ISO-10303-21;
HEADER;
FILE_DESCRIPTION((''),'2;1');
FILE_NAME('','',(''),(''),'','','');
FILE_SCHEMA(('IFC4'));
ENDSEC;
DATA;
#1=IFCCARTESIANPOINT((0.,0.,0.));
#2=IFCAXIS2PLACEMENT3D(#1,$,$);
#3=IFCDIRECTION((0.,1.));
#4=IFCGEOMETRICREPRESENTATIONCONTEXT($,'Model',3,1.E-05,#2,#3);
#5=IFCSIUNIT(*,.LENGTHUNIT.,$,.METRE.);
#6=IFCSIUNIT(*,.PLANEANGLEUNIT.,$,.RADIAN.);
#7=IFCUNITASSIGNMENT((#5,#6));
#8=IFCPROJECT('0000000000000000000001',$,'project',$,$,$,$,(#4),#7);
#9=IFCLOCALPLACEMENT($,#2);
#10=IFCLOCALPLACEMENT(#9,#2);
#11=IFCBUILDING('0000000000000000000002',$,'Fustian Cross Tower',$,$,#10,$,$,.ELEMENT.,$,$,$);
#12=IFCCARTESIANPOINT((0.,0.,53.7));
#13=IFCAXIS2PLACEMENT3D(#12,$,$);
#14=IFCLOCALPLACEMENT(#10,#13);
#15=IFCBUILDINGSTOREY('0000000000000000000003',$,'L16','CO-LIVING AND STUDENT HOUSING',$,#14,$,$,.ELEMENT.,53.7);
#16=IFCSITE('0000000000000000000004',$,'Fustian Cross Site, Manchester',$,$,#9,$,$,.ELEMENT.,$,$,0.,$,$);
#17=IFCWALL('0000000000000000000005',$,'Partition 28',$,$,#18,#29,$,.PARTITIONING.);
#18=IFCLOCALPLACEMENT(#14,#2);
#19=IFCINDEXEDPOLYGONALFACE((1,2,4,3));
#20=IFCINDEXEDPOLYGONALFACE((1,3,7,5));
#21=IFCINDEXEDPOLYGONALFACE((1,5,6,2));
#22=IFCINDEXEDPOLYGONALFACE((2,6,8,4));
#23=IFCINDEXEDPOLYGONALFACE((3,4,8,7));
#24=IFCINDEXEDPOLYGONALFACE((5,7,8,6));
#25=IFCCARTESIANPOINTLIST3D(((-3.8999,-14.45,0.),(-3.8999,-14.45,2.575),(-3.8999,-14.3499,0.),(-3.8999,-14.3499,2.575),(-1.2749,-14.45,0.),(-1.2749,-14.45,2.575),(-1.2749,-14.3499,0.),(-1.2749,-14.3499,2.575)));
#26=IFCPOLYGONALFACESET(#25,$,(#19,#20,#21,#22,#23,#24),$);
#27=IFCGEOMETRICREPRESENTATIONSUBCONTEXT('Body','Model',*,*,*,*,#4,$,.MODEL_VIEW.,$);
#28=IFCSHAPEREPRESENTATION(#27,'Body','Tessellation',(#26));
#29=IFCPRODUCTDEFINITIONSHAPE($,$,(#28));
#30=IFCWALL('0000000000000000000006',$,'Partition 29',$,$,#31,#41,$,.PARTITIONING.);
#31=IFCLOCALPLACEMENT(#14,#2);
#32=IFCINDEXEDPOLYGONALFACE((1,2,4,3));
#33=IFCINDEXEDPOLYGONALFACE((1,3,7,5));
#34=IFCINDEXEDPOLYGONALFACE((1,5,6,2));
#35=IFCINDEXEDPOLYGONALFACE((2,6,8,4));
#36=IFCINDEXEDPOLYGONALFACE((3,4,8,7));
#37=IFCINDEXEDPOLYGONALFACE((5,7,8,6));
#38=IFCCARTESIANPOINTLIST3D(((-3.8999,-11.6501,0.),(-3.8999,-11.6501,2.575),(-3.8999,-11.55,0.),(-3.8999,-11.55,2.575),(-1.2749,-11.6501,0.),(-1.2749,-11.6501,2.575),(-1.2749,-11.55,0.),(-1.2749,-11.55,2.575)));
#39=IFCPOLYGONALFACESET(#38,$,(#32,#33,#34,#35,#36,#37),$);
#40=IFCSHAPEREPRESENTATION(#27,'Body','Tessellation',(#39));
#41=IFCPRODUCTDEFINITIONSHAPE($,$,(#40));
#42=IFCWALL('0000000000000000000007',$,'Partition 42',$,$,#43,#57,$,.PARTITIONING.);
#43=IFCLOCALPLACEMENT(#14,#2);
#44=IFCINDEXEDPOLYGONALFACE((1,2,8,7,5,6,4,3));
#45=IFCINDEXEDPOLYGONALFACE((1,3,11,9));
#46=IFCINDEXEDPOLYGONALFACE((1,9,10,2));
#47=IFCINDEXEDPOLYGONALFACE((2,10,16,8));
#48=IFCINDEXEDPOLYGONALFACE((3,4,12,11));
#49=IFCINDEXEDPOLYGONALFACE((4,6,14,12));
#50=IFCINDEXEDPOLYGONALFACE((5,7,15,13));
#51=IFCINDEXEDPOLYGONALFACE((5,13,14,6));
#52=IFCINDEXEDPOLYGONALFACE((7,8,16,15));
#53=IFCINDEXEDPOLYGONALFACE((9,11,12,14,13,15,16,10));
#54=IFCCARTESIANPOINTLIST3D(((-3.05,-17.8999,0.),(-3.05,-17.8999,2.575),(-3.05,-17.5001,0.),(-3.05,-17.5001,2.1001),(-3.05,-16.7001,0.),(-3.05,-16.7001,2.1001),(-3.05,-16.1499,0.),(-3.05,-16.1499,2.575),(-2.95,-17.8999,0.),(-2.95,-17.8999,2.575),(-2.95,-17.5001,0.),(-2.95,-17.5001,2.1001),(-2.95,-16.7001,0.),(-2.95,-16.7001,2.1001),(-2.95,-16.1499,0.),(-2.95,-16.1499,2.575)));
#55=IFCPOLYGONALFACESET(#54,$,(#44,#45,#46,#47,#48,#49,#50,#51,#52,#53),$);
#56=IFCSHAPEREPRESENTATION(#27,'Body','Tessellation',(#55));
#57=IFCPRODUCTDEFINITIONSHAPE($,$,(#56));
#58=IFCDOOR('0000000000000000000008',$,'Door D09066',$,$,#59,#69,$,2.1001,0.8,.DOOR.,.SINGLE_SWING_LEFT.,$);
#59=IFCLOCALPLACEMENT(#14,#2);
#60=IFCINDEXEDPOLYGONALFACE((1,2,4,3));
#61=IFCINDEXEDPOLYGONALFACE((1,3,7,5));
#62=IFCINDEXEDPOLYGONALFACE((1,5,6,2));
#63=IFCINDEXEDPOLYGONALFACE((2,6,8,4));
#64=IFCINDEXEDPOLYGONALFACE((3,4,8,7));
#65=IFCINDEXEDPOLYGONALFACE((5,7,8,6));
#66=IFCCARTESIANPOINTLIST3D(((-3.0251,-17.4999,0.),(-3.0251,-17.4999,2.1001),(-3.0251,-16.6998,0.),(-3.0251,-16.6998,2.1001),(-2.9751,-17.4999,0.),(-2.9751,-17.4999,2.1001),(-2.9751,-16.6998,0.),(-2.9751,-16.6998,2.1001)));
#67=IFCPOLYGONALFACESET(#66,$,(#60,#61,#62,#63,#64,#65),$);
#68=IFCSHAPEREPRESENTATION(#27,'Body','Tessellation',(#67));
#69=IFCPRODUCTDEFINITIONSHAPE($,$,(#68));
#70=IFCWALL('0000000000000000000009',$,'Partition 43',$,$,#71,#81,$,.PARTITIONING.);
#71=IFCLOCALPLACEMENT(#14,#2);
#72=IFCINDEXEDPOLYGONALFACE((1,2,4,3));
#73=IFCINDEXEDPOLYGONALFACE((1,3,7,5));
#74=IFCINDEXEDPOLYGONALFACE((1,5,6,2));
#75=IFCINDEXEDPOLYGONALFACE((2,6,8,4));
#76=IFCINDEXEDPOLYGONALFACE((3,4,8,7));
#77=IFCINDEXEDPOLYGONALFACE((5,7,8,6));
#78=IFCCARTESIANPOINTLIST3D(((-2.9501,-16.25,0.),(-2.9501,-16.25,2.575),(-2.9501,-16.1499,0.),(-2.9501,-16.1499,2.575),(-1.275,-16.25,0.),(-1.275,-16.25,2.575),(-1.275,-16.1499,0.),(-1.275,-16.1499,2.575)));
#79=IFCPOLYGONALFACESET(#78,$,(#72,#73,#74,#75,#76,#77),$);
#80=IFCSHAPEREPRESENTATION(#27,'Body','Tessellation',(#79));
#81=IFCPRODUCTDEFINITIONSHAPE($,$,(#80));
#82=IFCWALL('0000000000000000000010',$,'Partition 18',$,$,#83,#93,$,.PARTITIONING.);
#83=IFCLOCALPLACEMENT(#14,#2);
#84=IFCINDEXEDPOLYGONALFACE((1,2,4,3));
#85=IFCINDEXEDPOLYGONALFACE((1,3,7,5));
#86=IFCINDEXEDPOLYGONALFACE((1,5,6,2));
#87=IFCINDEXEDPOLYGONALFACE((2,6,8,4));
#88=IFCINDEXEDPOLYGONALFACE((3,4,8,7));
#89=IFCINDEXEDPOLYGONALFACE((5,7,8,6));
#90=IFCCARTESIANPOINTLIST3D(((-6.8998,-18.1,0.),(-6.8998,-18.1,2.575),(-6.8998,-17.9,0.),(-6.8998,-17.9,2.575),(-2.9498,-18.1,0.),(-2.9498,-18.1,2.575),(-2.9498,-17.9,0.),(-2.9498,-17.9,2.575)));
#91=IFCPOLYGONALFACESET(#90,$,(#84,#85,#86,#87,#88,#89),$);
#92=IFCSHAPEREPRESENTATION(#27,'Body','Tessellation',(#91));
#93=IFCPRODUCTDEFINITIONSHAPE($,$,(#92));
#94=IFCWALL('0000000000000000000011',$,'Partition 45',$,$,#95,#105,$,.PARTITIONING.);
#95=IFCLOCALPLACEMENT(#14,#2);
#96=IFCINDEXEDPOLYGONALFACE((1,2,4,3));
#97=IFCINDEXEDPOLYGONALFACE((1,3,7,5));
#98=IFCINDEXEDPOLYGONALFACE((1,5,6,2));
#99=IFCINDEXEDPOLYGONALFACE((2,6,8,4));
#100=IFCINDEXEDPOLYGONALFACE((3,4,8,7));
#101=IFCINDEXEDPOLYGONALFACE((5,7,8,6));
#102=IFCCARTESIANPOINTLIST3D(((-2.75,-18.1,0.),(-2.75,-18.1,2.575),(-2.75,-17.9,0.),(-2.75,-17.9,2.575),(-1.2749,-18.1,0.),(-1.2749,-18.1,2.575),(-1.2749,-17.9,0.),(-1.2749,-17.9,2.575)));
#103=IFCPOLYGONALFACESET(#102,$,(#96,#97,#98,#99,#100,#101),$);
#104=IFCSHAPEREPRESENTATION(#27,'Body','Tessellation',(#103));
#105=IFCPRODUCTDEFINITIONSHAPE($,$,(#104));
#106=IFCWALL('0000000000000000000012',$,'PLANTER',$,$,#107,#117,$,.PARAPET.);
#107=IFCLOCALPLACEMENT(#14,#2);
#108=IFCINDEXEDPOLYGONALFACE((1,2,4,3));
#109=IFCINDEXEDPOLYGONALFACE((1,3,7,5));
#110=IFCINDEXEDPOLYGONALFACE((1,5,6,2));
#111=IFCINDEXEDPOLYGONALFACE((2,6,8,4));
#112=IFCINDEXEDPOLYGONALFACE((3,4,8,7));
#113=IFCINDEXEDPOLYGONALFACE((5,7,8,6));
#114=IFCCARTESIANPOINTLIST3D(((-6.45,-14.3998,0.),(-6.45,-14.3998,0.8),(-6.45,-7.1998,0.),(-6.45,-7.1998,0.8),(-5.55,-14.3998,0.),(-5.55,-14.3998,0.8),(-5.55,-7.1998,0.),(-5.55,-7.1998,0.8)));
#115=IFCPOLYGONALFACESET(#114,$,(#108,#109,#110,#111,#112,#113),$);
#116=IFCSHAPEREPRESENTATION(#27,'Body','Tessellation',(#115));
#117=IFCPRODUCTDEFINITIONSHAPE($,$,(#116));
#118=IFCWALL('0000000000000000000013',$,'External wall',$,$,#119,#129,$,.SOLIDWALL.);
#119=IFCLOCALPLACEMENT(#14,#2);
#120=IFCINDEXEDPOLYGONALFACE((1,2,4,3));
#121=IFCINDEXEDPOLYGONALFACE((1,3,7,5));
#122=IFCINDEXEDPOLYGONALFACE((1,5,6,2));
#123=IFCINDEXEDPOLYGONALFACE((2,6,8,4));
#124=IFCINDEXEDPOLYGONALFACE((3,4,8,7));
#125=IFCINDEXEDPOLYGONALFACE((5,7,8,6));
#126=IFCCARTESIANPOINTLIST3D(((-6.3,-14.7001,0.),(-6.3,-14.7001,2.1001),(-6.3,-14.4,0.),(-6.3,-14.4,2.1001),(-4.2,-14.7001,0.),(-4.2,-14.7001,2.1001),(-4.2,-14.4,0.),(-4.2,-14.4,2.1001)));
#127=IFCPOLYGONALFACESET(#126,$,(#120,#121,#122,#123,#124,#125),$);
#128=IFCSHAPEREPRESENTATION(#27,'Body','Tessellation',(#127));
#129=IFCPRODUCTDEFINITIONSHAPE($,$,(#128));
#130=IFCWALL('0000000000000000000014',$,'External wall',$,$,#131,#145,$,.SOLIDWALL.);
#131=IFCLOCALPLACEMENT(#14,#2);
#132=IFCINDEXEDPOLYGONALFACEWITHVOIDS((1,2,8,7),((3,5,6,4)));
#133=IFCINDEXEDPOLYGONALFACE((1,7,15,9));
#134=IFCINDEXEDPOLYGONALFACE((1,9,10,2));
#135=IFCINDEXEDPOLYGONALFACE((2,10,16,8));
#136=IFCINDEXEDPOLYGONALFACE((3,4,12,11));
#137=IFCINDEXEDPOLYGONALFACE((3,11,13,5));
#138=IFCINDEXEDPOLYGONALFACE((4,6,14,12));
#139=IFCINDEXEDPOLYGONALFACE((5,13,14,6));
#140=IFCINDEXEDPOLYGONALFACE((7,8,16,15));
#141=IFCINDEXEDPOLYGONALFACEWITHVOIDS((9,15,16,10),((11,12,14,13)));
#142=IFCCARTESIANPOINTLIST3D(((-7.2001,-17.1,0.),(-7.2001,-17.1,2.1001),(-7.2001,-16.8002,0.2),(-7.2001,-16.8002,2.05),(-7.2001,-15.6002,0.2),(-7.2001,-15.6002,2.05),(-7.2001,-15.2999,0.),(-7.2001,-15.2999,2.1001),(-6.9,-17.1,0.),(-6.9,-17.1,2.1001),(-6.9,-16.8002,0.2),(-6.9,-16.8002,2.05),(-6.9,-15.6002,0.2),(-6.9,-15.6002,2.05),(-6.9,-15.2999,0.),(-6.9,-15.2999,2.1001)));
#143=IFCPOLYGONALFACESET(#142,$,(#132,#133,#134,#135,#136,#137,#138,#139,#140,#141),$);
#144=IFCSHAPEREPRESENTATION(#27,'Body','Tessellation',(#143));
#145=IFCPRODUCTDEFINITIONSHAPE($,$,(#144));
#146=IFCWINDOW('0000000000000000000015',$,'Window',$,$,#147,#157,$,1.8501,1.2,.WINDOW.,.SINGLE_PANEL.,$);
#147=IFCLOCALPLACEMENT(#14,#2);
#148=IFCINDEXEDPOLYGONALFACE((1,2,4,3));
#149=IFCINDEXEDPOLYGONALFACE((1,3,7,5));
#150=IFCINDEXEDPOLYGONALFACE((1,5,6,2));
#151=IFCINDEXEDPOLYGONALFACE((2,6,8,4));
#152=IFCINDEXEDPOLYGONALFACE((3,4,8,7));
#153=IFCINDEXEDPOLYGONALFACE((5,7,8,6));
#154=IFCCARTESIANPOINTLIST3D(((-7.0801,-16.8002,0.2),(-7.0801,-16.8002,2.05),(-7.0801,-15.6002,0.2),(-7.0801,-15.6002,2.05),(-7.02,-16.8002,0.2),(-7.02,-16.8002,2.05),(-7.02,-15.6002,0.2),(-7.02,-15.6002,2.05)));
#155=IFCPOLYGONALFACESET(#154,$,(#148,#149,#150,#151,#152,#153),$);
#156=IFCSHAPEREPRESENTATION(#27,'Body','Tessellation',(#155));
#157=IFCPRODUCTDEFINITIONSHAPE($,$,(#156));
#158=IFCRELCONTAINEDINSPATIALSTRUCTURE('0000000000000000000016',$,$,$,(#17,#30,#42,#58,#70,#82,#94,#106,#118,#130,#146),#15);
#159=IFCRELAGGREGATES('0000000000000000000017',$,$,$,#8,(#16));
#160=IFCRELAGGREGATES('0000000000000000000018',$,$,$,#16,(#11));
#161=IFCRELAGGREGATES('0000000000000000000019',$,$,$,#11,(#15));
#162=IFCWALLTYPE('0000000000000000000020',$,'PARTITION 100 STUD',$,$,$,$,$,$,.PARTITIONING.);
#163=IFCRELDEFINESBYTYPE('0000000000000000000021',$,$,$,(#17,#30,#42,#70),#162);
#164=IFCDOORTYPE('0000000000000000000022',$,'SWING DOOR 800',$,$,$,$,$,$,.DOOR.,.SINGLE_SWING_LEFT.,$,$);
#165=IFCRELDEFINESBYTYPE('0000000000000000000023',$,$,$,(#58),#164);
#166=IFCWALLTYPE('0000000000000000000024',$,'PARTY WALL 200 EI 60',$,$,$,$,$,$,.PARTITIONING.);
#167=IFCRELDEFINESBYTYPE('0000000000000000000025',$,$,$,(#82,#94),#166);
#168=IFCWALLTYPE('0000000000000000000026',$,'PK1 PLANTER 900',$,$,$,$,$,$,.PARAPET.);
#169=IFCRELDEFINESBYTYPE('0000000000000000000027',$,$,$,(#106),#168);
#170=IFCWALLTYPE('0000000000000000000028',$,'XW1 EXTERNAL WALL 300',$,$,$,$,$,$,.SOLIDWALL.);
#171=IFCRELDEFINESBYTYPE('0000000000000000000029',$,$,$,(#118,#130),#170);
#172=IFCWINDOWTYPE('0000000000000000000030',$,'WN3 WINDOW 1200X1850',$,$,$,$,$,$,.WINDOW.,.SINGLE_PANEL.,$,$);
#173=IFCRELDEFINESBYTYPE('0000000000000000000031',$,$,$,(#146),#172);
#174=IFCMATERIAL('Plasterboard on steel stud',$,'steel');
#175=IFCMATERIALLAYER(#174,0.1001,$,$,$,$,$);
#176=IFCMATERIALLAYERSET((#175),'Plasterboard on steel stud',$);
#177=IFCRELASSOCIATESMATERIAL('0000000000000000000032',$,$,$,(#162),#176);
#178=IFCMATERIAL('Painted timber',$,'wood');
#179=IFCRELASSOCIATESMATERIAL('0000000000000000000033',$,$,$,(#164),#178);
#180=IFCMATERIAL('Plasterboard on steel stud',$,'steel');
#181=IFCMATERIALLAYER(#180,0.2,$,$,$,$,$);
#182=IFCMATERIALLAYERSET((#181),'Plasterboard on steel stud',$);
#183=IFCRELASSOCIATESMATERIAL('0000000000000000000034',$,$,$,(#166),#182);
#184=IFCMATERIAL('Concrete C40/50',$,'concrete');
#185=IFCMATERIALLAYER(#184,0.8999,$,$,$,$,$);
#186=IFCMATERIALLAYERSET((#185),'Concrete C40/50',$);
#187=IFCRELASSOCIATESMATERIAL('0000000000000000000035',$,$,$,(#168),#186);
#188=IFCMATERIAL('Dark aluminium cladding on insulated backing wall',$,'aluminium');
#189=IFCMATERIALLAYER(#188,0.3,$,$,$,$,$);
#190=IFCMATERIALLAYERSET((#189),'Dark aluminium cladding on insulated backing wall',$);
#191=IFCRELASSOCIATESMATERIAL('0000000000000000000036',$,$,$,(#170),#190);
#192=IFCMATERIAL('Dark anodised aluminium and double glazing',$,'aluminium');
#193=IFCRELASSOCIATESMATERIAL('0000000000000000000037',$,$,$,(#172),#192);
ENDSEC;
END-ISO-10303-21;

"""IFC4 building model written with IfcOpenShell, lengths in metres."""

from ifc_helpers import new_model, si_unit, direction, frame, frame_2d, origin, place, context, subcontext, project, spatial, rectangle, extrude, material, layer, layer_set, type_object, element, fill, save


model = new_model("IFC4")

# Units and contexts
model_context = context("Model", 3, precision=1e-05, world=origin(), true_north=direction((0.0, 1.0)))
body_context = subcontext(model_context, "Body", "Model", "MODEL_VIEW")
ifc_project = project(units=[si_unit("LENGTHUNIT", "METRE"), si_unit("PLANEANGLEUNIT", "RADIAN")], contexts=[model_context])

# Site, building, storey
site_placement = place(None, origin())
site = spatial("IfcSite", under=ifc_project, at=site_placement, Name="Fustian Cross Site, Manchester", CompositionType="ELEMENT", RefElevation=0.0)
building_placement = place(site_placement, origin())
building = spatial("IfcBuilding", under=site, at=building_placement, Name="Fustian Cross Tower", CompositionType="ELEMENT")
storey_placement = place(building_placement, frame((0.0, 0.0, 53.7)))
storey = spatial("IfcBuildingStorey", under=building, at=storey_placement, Name="L16", Description="CO-LIVING AND STUDENT HOUSING", CompositionType="ELEMENT", Elevation=53.7)

# Shared definitions
ifc_material_1 = material(Name="Plasterboard on steel stud", Category="steel")
ifc_layer_1 = layer(ifc_material_1, 0.1001)
ifc_layer_set_1 = layer_set([ifc_layer_1], Name="Plasterboard on steel stud")
wall_type_1 = type_object("IfcWallType", Name="PARTITION 100 STUD", PredefinedType="PARTITIONING", material=ifc_layer_set_1)

# Shared definitions
ifc_material_2 = material(Name="Painted timber", Category="wood")
door_type = type_object("IfcDoorType", Name="SWING DOOR 800", OperationType="SINGLE_SWING_LEFT", PredefinedType="DOOR", material=ifc_material_2)

# Walls
for number, where, z_axis, x_axis, name in (
    (1, (-3.8999, -14.3999, 0.0), (0.0, 0.0, 1.0), (1.0, 0.0, 0.0), "Partition 28"),
    (2, (-3.8999, -11.6001, 0.0), (0.0, 0.0, 1.0), (1.0, 0.0, 0.0), "Partition 29"),
):
    element("IfcWall", number, at=place(storey_placement, frame(where, z_axis=z_axis, x_axis=x_axis)), inside=storey, type_object=wall_type_1, Name=name, PredefinedType="PARTITIONING", context=body_context, shape_type="SweptSolid", body=[
        extrude(rectangle(XDim=2.625, YDim=0.1001, at=frame_2d((1.3125, 0.0))), origin(), (0.0, 0.0, 1.0), 2.575),
    ])

# Wall, opening, door
wall_1_placement = place(storey_placement, frame((-3.0, -17.8999, 0.0), z_axis=(0.0, 0.0, 1.0), x_axis=(0.0, 1.0, 0.0)))
wall_1 = element("IfcWall", 3, at=wall_1_placement, inside=storey, type_object=wall_type_1, Name="Partition 42", PredefinedType="PARTITIONING", context=body_context, shape_type="SweptSolid", body=[
    extrude(rectangle(XDim=1.75, YDim=0.1001, at=frame_2d((0.875, 0.0))), origin(), (0.0, 0.0, 1.0), 2.575),
])
opening_1_placement = place(wall_1_placement, frame((0.3999, 0.0, 0.0)))
opening_1 = element("IfcOpeningElement", 4, at=opening_1_placement, cuts=wall_1, PredefinedType="OPENING", context=body_context, shape_type="SweptSolid", body=[
    extrude(rectangle(XDim=0.8, YDim=2.1001, at=frame_2d((0.3999, 1.05))), frame((0.0, 0.0601, 0.0), z_axis=(0.0, -1.0, 0.0), x_axis=(1.0, 0.0, 0.0)), (0.0, 0.0, 1.0), 0.1201),
])
door_1_placement = place(opening_1_placement, frame((0.8, 0.0, 0.0), z_axis=(0.0, 0.0, 1.0), x_axis=(-1.0, 0.0, 0.0)))
door_1 = element("IfcDoor", 5, at=door_1_placement, inside=storey, type_object=door_type, Name="Door D09066", OperationType="SINGLE_SWING_LEFT", OverallHeight=2.1001, OverallWidth=0.8, PredefinedType="DOOR", context=body_context, shape_type="SweptSolid", body=[
    extrude(rectangle(XDim=0.8, YDim=2.1001, at=frame_2d((0.3999, 1.05))), frame((0.0, 0.0249, 0.0), z_axis=(0.0, -1.0, 0.0), x_axis=(1.0, 0.0, 0.0)), (0.0, 0.0, 1.0), 0.05),
])
fill(opening_1, door_1)

# Walls
wall_2_placement = place(storey_placement, frame((-2.95, -16.2, 0.0), z_axis=(0.0, 0.0, 1.0), x_axis=(1.0, 0.0, 0.0)))
element("IfcWall", 6, at=wall_2_placement, inside=storey, type_object=wall_type_1, Name="Partition 43", PredefinedType="PARTITIONING", context=body_context, shape_type="SweptSolid", body=[
    extrude(rectangle(XDim=1.675, YDim=0.1001, at=frame_2d((0.8374, 0.0))), origin(), (0.0, 0.0, 1.0), 2.575),
])
ifc_material_3 = material(Name="Plasterboard on steel stud", Category="steel")
ifc_layer_2 = layer(ifc_material_3, 0.2)
ifc_layer_set_2 = layer_set([ifc_layer_2], Name="Plasterboard on steel stud")
wall_type_2 = type_object("IfcWallType", Name="PARTY WALL 200 EI 60", PredefinedType="PARTITIONING", material=ifc_layer_set_2)
wall_3_placement = place(storey_placement, frame((-6.8999, -18.0, 0.0), z_axis=(0.0, 0.0, 1.0), x_axis=(1.0, 0.0, 0.0)))
element("IfcWall", 7, at=wall_3_placement, inside=storey, type_object=wall_type_2, Name="Partition 18", PredefinedType="PARTITIONING", context=body_context, shape_type="SweptSolid", body=[
    extrude(rectangle(XDim=3.95, YDim=0.2, at=frame_2d((1.9751, 0.0))), origin(), (0.0, 0.0, 1.0), 2.575),
])
wall_4_placement = place(storey_placement, frame((-2.75, -18.0, 0.0), z_axis=(0.0, 0.0, 1.0), x_axis=(1.0, 0.0, 0.0)))
element("IfcWall", 8, at=wall_4_placement, inside=storey, type_object=wall_type_2, Name="Partition 45", PredefinedType="PARTITIONING", context=body_context, shape_type="SweptSolid", body=[
    extrude(rectangle(XDim=1.4751, YDim=0.2, at=frame_2d((0.7375, 0.0))), origin(), (0.0, 0.0, 1.0), 2.575),
])
ifc_material_4 = material(Name="Concrete C40/50", Category="concrete")
ifc_layer_3 = layer(ifc_material_4, 0.8999)
ifc_layer_set_3 = layer_set([ifc_layer_3], Name="Concrete C40/50")
wall_type_3 = type_object("IfcWallType", Name="PK1 PLANTER 900", PredefinedType="PARAPET", material=ifc_layer_set_3)
wall_5_placement = place(storey_placement, frame((-6.0, -14.3999, 0.0), z_axis=(0.0, 0.0, 1.0), x_axis=(0.0, 1.0, 0.0)))
element("IfcWall", 9, at=wall_5_placement, inside=storey, type_object=wall_type_3, Name="PLANTER", PredefinedType="PARAPET", context=body_context, shape_type="SweptSolid", body=[
    extrude(rectangle(XDim=7.2, YDim=0.8999, at=frame_2d((3.6001, 0.0))), origin(), (0.0, 0.0, 1.0), 0.8),
])
ifc_material_5 = material(Name="Dark aluminium cladding on insulated backing wall", Category="aluminium")
ifc_layer_4 = layer(ifc_material_5, 0.3)
ifc_layer_set_4 = layer_set([ifc_layer_4], Name="Dark aluminium cladding on insulated backing wall")
wall_type_4 = type_object("IfcWallType", Name="XW1 EXTERNAL WALL 300", PredefinedType="SOLIDWALL", material=ifc_layer_set_4)
wall_6_placement = place(storey_placement, frame((-4.2, -14.55, 0.0), z_axis=(0.0, 0.0, 1.0), x_axis=(-1.0, 0.0, 0.0)))
element("IfcWall", 10, at=wall_6_placement, inside=storey, type_object=wall_type_4, Name="External wall", PredefinedType="SOLIDWALL", context=body_context, shape_type="SweptSolid", body=[
    extrude(rectangle(XDim=2.1001, YDim=0.3, at=frame_2d((1.05, 0.0))), origin(), (0.0, 0.0, 1.0), 2.1001),
])

# Wall, opening, window
wall_7_placement = place(storey_placement, frame((-7.05, -15.3, 0.0), z_axis=(0.0, 0.0, 1.0), x_axis=(0.0, -1.0, 0.0)))
wall_7 = element("IfcWall", 11, at=wall_7_placement, inside=storey, type_object=wall_type_4, Name="External wall", PredefinedType="SOLIDWALL", context=body_context, shape_type="SweptSolid", body=[
    extrude(rectangle(XDim=1.8, YDim=0.3, at=frame_2d((0.8999, 0.0))), origin(), (0.0, 0.0, 1.0), 2.1001),
])
opening_2_placement = place(wall_7_placement, frame((0.3, 0.0, 0.2)))
opening_2 = element("IfcOpeningElement", 12, at=opening_2_placement, cuts=wall_7, PredefinedType="OPENING", context=body_context, shape_type="SweptSolid", body=[
    extrude(rectangle(XDim=1.2, YDim=1.8501, at=frame_2d((0.6001, 0.925))), frame((0.0, 0.1599, 0.0), z_axis=(0.0, -1.0, 0.0), x_axis=(1.0, 0.0, 0.0)), (0.0, 0.0, 1.0), 0.3201),
])
ifc_material_6 = material(Name="Dark anodised aluminium and double glazing", Category="aluminium")
window_type = type_object("IfcWindowType", Name="WN3 WINDOW 1200X1850", PartitioningType="SINGLE_PANEL", PredefinedType="WINDOW", material=ifc_material_6)
window_1_placement = place(opening_2_placement, origin())
window_1 = element("IfcWindow", 13, at=window_1_placement, inside=storey, type_object=window_type, Name="Window", OverallHeight=1.8501, OverallWidth=1.2, PartitioningType="SINGLE_PANEL", PredefinedType="WINDOW", context=body_context, shape_type="SweptSolid", body=[
    extrude(rectangle(XDim=1.2, YDim=1.8501, at=frame_2d((0.6001, 0.925))), frame((0.0, 0.03, 0.0), z_axis=(0.0, -1.0, 0.0), x_axis=(1.0, 0.0, 0.0)), (0.0, 0.0, 1.0), 0.0601),
])
fill(opening_2, window_1)

save(model, "model.ifc")
